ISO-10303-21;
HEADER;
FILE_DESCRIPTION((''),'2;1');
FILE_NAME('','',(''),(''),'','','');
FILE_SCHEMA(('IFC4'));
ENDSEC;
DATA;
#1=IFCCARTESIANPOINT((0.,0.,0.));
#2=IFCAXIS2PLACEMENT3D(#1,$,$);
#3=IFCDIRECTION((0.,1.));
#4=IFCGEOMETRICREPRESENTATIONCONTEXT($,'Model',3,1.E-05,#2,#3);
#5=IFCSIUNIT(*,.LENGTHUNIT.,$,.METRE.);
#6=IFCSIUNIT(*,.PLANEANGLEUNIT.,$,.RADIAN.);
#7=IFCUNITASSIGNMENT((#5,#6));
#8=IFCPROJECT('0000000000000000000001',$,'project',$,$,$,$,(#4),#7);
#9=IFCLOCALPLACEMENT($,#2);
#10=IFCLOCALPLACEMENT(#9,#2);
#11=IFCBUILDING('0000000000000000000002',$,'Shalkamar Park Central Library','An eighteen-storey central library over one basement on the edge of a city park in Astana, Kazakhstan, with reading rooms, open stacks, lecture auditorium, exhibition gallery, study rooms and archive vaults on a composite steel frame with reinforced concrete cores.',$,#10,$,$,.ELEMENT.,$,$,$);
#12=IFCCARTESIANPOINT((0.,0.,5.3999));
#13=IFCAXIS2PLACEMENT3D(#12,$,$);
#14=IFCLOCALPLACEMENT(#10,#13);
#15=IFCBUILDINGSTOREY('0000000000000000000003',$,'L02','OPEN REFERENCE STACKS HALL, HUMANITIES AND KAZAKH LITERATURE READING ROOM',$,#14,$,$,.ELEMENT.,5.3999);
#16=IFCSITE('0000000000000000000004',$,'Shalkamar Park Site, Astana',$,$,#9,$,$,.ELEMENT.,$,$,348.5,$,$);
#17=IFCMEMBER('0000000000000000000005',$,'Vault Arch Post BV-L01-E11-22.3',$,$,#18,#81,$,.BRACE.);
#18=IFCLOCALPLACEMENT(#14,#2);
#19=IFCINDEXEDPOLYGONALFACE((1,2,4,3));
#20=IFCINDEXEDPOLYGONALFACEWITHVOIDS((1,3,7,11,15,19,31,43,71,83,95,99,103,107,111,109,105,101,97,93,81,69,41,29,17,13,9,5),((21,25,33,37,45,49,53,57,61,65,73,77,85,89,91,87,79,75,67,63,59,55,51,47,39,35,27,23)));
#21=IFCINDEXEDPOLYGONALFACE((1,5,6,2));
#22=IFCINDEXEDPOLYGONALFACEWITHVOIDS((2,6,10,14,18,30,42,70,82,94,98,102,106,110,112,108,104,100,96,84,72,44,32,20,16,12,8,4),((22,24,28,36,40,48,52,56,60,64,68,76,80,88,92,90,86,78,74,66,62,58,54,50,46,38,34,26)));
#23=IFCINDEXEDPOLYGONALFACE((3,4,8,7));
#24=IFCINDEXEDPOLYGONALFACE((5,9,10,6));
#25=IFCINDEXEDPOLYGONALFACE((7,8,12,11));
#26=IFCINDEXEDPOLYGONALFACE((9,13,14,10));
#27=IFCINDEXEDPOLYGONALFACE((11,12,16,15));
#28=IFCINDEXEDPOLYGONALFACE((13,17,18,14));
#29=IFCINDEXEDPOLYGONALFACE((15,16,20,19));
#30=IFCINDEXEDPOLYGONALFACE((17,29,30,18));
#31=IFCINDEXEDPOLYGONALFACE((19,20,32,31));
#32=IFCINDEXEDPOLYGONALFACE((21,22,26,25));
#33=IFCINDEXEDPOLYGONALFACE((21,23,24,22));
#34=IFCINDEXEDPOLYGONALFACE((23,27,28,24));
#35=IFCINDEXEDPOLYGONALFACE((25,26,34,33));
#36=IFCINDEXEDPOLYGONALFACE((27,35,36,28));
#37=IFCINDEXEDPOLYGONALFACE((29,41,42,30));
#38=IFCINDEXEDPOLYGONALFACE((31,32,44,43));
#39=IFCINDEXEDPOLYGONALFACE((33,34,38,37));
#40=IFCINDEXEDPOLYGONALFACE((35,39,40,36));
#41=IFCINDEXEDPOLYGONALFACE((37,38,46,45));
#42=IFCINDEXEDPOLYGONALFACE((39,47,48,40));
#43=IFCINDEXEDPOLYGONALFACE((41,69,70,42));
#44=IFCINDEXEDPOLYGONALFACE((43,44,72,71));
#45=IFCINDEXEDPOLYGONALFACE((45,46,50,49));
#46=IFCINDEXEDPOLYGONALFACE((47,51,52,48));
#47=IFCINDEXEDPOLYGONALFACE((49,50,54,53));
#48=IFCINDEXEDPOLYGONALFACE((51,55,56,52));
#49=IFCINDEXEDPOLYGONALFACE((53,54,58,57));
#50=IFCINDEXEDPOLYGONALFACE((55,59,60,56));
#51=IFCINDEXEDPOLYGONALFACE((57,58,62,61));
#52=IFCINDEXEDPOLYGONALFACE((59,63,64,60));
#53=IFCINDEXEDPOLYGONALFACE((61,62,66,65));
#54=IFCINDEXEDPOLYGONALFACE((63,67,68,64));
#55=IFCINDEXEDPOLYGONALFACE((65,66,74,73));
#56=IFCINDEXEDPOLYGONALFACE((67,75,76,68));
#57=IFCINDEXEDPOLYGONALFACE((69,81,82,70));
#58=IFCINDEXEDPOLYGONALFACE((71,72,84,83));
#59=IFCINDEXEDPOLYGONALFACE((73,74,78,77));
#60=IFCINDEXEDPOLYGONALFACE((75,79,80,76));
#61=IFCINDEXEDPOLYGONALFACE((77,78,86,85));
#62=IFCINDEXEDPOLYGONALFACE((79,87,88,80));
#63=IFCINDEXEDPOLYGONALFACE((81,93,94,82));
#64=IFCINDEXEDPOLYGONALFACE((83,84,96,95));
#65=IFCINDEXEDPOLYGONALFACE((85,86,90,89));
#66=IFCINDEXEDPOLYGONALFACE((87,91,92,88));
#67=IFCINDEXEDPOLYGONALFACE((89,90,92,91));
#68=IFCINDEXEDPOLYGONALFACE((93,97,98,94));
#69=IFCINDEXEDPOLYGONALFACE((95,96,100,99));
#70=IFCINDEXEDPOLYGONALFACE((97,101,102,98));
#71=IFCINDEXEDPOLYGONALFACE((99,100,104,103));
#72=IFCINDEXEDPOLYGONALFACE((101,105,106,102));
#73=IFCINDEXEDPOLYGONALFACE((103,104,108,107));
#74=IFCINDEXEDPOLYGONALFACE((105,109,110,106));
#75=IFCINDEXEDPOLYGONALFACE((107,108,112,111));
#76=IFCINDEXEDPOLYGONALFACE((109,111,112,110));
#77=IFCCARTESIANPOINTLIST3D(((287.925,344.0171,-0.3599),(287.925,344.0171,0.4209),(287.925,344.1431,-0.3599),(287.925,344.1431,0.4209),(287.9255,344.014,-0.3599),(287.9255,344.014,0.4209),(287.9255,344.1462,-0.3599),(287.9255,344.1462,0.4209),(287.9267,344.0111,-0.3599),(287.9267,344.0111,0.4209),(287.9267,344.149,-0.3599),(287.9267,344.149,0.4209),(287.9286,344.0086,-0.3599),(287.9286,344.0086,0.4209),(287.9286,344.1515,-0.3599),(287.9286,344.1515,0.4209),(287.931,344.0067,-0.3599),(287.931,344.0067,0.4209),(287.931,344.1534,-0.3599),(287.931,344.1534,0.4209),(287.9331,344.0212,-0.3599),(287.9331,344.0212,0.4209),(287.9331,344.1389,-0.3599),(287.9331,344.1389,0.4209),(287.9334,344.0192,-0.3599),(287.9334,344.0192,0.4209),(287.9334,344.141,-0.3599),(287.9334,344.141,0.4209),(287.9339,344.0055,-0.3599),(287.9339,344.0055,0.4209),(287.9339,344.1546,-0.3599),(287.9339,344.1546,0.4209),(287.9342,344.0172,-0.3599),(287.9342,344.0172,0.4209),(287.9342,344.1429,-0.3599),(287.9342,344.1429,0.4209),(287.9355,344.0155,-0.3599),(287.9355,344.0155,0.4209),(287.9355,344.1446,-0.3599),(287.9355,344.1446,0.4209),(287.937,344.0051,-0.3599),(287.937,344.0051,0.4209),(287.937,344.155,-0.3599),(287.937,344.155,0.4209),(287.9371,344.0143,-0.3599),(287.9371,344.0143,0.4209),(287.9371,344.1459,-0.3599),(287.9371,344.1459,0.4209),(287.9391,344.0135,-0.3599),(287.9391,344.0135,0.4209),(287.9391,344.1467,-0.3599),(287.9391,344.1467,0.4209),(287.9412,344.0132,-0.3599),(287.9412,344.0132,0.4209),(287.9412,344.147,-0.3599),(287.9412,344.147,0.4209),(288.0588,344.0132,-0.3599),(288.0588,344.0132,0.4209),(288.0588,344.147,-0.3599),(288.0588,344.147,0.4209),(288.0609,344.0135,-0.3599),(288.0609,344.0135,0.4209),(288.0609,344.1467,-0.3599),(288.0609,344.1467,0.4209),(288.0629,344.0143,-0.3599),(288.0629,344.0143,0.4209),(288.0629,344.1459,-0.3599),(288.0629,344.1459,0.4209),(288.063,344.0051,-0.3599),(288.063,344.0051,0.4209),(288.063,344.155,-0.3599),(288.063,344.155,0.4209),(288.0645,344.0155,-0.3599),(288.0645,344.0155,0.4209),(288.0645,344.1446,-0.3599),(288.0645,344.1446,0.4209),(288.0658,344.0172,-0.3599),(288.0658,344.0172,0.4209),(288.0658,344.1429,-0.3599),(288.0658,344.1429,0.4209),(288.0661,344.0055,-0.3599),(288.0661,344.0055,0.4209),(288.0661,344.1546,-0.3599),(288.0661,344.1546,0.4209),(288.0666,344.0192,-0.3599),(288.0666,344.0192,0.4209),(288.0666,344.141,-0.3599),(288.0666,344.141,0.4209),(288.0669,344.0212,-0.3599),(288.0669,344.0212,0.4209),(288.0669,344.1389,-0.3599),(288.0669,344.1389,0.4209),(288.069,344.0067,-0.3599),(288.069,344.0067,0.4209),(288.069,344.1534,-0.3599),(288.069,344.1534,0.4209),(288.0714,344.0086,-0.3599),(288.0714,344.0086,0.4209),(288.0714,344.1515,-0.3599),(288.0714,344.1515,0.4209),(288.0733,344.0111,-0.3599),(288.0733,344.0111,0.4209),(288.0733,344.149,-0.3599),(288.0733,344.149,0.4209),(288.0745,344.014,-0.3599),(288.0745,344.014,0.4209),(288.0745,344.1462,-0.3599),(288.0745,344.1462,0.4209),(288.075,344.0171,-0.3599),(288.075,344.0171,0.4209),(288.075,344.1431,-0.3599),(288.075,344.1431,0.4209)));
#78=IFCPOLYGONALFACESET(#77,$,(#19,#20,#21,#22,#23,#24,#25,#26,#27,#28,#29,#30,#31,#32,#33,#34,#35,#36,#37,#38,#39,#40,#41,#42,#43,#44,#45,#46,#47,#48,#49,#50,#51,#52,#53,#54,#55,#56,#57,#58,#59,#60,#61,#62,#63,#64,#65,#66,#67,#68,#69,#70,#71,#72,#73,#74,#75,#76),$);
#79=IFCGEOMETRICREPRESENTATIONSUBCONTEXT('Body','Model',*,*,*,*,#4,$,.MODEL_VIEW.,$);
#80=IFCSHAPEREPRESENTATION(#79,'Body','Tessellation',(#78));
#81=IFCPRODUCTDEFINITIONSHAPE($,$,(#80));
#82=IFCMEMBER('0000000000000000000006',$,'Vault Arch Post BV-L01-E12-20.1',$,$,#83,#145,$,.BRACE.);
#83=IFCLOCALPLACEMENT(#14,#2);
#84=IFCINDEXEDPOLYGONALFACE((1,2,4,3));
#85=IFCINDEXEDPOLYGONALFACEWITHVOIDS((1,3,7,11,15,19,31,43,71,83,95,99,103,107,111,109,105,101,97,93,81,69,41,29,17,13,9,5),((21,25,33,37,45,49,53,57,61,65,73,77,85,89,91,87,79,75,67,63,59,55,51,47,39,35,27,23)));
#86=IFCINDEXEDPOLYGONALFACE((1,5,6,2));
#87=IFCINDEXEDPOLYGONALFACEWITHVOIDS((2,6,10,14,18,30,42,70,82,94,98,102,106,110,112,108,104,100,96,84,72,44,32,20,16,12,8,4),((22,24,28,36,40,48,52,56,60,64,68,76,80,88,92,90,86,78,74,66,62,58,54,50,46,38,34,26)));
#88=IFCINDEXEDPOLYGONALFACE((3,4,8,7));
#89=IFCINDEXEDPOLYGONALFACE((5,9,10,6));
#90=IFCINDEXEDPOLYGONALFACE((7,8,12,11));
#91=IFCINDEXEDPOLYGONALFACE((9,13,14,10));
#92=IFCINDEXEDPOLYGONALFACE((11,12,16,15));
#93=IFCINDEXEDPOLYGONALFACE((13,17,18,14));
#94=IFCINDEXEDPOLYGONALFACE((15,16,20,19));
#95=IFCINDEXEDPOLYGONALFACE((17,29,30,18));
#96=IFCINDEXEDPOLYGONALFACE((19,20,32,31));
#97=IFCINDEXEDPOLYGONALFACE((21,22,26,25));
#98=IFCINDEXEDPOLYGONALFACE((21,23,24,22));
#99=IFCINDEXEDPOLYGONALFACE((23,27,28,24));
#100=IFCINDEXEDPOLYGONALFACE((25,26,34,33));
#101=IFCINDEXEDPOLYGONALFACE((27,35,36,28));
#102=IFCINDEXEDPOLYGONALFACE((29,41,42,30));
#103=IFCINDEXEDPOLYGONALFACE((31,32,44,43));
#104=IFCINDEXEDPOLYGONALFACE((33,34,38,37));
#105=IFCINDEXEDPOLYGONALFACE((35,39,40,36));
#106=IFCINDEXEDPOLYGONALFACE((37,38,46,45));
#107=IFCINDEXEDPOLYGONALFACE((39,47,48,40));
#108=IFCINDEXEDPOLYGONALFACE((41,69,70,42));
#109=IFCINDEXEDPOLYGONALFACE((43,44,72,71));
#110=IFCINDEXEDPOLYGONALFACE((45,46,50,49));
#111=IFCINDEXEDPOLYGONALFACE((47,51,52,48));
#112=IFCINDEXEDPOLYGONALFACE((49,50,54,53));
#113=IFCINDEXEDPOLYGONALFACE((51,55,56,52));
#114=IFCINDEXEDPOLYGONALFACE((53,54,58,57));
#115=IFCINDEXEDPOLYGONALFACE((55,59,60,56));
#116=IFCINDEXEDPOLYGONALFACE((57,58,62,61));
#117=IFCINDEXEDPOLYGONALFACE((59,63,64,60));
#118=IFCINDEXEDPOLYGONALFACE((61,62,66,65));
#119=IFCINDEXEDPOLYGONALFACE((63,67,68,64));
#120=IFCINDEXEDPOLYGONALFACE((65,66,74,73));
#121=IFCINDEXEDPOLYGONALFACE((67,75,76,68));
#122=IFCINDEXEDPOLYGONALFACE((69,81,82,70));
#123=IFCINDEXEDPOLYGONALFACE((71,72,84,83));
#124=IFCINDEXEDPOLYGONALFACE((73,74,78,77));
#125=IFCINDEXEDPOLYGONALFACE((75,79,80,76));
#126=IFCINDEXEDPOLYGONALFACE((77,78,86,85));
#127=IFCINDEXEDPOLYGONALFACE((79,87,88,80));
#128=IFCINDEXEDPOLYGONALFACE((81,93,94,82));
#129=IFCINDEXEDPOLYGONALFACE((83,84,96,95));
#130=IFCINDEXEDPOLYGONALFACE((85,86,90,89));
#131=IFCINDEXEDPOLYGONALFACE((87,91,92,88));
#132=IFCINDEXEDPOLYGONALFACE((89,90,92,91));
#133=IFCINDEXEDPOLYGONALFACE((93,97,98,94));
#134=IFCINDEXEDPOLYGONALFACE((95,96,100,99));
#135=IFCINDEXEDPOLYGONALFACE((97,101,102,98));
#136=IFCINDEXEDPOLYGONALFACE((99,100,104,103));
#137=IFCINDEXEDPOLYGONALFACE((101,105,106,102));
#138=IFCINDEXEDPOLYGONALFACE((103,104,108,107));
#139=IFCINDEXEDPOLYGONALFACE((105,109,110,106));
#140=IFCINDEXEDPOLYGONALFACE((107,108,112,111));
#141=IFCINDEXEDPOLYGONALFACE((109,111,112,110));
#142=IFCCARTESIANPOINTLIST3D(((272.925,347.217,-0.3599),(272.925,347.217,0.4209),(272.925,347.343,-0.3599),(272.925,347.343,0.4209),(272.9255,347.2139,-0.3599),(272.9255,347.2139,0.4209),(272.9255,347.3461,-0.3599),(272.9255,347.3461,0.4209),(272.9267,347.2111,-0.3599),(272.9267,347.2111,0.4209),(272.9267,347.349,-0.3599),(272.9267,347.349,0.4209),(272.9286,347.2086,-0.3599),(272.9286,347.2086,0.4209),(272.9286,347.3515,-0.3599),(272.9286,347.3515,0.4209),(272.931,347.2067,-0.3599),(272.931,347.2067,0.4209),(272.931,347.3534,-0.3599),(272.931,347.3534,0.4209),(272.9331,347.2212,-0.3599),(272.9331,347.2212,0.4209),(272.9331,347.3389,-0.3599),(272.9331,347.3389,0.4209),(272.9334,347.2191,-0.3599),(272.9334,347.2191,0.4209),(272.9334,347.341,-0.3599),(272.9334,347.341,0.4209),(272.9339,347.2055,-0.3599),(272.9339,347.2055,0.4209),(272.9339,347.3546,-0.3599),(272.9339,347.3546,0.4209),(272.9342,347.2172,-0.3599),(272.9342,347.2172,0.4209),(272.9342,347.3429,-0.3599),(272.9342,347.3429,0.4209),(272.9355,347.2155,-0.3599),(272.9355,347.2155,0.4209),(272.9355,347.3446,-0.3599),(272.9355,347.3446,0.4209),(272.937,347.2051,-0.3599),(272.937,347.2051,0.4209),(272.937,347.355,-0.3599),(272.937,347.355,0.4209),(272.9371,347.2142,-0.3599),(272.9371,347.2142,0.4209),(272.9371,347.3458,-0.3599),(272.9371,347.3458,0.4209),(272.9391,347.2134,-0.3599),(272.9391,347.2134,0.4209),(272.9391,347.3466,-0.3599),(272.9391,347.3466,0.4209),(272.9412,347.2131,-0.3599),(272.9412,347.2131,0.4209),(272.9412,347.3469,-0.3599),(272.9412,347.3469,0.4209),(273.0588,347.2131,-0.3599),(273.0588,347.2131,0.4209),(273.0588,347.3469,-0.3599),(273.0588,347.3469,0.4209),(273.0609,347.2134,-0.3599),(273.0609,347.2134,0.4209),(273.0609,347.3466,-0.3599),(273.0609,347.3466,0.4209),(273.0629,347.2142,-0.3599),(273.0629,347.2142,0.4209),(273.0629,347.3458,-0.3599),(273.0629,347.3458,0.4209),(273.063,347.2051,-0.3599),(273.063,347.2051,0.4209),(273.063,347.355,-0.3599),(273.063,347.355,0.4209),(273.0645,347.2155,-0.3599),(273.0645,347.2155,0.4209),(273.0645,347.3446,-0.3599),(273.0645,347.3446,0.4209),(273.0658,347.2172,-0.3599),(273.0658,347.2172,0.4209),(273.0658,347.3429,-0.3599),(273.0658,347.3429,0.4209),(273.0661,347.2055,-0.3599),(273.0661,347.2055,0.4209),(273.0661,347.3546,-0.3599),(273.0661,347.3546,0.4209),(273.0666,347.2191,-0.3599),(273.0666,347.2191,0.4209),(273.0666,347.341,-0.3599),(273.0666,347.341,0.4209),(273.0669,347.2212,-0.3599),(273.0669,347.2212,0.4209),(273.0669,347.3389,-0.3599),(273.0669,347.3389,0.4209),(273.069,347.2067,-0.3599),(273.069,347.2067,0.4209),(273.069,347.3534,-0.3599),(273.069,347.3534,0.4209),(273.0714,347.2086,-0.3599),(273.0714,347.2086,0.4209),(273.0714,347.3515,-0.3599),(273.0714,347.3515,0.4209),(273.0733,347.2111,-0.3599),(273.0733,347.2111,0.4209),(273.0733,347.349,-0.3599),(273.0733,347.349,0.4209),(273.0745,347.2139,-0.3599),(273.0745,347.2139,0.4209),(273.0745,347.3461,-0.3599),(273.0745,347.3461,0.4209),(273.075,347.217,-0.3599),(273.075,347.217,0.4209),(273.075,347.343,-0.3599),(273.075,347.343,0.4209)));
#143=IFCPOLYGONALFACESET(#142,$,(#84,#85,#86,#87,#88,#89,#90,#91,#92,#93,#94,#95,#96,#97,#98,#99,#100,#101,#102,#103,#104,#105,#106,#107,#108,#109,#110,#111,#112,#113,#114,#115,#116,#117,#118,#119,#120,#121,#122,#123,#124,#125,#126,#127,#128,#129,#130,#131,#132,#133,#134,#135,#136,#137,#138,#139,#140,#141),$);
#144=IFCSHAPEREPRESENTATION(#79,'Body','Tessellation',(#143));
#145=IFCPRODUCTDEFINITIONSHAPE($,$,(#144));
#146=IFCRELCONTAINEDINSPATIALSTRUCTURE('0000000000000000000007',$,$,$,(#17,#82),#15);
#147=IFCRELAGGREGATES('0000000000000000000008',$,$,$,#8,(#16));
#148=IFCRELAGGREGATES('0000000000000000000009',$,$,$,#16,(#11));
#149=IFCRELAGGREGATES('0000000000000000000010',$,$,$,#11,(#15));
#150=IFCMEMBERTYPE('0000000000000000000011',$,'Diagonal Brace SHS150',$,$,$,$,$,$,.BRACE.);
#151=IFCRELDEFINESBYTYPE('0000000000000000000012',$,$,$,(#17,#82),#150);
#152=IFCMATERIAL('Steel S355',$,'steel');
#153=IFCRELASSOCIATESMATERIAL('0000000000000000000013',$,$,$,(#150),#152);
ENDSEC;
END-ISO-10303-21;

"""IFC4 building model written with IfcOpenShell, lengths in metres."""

from ifc_helpers import new_model, si_unit, direction, frame, origin, origin_2d, place, context, subcontext, project, spatial, hollow_rectangle, extrude, material, material_profile, profile_set, type_object, element, save


model = new_model("IFC4")

# Units and contexts
model_context = context("Model", 3, precision=1e-05, world=origin(), true_north=direction((0.0, 1.0)))
body_context = subcontext(model_context, "Body", "Model", "MODEL_VIEW")
ifc_project = project(units=[si_unit("LENGTHUNIT", "METRE"), si_unit("PLANEANGLEUNIT", "RADIAN")], contexts=[model_context])

# Site, building, storey
site_placement = place(None, origin())
site = spatial("IfcSite", under=ifc_project, at=site_placement, Name="Shalkamar Park Site, Astana", CompositionType="ELEMENT", RefElevation=348.5)
building_placement = place(site_placement, origin())
building = spatial("IfcBuilding", under=site, at=building_placement, Name="Shalkamar Park Central Library", Description="An eighteen-storey central library over one basement on the edge of a city park in Astana, Kazakhstan, with reading rooms, open stacks, lecture auditorium, exhibition gallery, study rooms and archive vaults on a composite steel frame with reinforced concrete cores.", CompositionType="ELEMENT")
storey_placement = place(building_placement, frame((0.0, 0.0, 5.3999)))
storey = spatial("IfcBuildingStorey", under=building, at=storey_placement, Name="L02", Description="OPEN REFERENCE STACKS HALL, HUMANITIES AND KAZAKH LITERATURE READING ROOM", CompositionType="ELEMENT", Elevation=5.3999)

# Members
ifc_material_1 = material(Name="Steel S355", Category="steel")
ifc_material_profile_1 = material_profile(ifc_material_1, hollow_rectangle(XDim=0.1499, YDim=0.1499, WallThickness=0.0081, InnerFilletRadius=0.0081, OuterFilletRadius=0.012, at=origin_2d()), Name="SHS 150x150x8")
ifc_profile_set_1 = profile_set([ifc_material_profile_1], Name="Steel S355")
member_type_1 = type_object("IfcMemberType", Name="Diagonal Brace SHS150", PredefinedType="BRACE", material=ifc_profile_set_1)
for number, where, z_axis, x_axis, name in (
    (1, (288.0, 344.0801, -0.3599), (0.0, 0.0, 1.0), (1.0, 0.0, 0.0), "Vault Arch Post BV-L01-E11-22.3"),
    (2, (273.0, 347.28, -0.3599), (0.0, 0.0, 1.0), (1.0, 0.0, 0.0), "Vault Arch Post BV-L01-E12-20.1"),
):
    element("IfcMember", number, at=place(storey_placement, frame(where, z_axis=z_axis, x_axis=x_axis)), inside=storey, type_object=member_type_1, Name=name, PredefinedType="BRACE", context=body_context, shape_type="SweptSolid", body=[
        extrude(hollow_rectangle(XDim=0.1499, YDim=0.1499, WallThickness=0.0081, InnerFilletRadius=0.0081, OuterFilletRadius=0.012, at=origin_2d()), origin(), (0.0, 0.0, 1.0), 0.7808),
    ])

save(model, "model.ifc")
